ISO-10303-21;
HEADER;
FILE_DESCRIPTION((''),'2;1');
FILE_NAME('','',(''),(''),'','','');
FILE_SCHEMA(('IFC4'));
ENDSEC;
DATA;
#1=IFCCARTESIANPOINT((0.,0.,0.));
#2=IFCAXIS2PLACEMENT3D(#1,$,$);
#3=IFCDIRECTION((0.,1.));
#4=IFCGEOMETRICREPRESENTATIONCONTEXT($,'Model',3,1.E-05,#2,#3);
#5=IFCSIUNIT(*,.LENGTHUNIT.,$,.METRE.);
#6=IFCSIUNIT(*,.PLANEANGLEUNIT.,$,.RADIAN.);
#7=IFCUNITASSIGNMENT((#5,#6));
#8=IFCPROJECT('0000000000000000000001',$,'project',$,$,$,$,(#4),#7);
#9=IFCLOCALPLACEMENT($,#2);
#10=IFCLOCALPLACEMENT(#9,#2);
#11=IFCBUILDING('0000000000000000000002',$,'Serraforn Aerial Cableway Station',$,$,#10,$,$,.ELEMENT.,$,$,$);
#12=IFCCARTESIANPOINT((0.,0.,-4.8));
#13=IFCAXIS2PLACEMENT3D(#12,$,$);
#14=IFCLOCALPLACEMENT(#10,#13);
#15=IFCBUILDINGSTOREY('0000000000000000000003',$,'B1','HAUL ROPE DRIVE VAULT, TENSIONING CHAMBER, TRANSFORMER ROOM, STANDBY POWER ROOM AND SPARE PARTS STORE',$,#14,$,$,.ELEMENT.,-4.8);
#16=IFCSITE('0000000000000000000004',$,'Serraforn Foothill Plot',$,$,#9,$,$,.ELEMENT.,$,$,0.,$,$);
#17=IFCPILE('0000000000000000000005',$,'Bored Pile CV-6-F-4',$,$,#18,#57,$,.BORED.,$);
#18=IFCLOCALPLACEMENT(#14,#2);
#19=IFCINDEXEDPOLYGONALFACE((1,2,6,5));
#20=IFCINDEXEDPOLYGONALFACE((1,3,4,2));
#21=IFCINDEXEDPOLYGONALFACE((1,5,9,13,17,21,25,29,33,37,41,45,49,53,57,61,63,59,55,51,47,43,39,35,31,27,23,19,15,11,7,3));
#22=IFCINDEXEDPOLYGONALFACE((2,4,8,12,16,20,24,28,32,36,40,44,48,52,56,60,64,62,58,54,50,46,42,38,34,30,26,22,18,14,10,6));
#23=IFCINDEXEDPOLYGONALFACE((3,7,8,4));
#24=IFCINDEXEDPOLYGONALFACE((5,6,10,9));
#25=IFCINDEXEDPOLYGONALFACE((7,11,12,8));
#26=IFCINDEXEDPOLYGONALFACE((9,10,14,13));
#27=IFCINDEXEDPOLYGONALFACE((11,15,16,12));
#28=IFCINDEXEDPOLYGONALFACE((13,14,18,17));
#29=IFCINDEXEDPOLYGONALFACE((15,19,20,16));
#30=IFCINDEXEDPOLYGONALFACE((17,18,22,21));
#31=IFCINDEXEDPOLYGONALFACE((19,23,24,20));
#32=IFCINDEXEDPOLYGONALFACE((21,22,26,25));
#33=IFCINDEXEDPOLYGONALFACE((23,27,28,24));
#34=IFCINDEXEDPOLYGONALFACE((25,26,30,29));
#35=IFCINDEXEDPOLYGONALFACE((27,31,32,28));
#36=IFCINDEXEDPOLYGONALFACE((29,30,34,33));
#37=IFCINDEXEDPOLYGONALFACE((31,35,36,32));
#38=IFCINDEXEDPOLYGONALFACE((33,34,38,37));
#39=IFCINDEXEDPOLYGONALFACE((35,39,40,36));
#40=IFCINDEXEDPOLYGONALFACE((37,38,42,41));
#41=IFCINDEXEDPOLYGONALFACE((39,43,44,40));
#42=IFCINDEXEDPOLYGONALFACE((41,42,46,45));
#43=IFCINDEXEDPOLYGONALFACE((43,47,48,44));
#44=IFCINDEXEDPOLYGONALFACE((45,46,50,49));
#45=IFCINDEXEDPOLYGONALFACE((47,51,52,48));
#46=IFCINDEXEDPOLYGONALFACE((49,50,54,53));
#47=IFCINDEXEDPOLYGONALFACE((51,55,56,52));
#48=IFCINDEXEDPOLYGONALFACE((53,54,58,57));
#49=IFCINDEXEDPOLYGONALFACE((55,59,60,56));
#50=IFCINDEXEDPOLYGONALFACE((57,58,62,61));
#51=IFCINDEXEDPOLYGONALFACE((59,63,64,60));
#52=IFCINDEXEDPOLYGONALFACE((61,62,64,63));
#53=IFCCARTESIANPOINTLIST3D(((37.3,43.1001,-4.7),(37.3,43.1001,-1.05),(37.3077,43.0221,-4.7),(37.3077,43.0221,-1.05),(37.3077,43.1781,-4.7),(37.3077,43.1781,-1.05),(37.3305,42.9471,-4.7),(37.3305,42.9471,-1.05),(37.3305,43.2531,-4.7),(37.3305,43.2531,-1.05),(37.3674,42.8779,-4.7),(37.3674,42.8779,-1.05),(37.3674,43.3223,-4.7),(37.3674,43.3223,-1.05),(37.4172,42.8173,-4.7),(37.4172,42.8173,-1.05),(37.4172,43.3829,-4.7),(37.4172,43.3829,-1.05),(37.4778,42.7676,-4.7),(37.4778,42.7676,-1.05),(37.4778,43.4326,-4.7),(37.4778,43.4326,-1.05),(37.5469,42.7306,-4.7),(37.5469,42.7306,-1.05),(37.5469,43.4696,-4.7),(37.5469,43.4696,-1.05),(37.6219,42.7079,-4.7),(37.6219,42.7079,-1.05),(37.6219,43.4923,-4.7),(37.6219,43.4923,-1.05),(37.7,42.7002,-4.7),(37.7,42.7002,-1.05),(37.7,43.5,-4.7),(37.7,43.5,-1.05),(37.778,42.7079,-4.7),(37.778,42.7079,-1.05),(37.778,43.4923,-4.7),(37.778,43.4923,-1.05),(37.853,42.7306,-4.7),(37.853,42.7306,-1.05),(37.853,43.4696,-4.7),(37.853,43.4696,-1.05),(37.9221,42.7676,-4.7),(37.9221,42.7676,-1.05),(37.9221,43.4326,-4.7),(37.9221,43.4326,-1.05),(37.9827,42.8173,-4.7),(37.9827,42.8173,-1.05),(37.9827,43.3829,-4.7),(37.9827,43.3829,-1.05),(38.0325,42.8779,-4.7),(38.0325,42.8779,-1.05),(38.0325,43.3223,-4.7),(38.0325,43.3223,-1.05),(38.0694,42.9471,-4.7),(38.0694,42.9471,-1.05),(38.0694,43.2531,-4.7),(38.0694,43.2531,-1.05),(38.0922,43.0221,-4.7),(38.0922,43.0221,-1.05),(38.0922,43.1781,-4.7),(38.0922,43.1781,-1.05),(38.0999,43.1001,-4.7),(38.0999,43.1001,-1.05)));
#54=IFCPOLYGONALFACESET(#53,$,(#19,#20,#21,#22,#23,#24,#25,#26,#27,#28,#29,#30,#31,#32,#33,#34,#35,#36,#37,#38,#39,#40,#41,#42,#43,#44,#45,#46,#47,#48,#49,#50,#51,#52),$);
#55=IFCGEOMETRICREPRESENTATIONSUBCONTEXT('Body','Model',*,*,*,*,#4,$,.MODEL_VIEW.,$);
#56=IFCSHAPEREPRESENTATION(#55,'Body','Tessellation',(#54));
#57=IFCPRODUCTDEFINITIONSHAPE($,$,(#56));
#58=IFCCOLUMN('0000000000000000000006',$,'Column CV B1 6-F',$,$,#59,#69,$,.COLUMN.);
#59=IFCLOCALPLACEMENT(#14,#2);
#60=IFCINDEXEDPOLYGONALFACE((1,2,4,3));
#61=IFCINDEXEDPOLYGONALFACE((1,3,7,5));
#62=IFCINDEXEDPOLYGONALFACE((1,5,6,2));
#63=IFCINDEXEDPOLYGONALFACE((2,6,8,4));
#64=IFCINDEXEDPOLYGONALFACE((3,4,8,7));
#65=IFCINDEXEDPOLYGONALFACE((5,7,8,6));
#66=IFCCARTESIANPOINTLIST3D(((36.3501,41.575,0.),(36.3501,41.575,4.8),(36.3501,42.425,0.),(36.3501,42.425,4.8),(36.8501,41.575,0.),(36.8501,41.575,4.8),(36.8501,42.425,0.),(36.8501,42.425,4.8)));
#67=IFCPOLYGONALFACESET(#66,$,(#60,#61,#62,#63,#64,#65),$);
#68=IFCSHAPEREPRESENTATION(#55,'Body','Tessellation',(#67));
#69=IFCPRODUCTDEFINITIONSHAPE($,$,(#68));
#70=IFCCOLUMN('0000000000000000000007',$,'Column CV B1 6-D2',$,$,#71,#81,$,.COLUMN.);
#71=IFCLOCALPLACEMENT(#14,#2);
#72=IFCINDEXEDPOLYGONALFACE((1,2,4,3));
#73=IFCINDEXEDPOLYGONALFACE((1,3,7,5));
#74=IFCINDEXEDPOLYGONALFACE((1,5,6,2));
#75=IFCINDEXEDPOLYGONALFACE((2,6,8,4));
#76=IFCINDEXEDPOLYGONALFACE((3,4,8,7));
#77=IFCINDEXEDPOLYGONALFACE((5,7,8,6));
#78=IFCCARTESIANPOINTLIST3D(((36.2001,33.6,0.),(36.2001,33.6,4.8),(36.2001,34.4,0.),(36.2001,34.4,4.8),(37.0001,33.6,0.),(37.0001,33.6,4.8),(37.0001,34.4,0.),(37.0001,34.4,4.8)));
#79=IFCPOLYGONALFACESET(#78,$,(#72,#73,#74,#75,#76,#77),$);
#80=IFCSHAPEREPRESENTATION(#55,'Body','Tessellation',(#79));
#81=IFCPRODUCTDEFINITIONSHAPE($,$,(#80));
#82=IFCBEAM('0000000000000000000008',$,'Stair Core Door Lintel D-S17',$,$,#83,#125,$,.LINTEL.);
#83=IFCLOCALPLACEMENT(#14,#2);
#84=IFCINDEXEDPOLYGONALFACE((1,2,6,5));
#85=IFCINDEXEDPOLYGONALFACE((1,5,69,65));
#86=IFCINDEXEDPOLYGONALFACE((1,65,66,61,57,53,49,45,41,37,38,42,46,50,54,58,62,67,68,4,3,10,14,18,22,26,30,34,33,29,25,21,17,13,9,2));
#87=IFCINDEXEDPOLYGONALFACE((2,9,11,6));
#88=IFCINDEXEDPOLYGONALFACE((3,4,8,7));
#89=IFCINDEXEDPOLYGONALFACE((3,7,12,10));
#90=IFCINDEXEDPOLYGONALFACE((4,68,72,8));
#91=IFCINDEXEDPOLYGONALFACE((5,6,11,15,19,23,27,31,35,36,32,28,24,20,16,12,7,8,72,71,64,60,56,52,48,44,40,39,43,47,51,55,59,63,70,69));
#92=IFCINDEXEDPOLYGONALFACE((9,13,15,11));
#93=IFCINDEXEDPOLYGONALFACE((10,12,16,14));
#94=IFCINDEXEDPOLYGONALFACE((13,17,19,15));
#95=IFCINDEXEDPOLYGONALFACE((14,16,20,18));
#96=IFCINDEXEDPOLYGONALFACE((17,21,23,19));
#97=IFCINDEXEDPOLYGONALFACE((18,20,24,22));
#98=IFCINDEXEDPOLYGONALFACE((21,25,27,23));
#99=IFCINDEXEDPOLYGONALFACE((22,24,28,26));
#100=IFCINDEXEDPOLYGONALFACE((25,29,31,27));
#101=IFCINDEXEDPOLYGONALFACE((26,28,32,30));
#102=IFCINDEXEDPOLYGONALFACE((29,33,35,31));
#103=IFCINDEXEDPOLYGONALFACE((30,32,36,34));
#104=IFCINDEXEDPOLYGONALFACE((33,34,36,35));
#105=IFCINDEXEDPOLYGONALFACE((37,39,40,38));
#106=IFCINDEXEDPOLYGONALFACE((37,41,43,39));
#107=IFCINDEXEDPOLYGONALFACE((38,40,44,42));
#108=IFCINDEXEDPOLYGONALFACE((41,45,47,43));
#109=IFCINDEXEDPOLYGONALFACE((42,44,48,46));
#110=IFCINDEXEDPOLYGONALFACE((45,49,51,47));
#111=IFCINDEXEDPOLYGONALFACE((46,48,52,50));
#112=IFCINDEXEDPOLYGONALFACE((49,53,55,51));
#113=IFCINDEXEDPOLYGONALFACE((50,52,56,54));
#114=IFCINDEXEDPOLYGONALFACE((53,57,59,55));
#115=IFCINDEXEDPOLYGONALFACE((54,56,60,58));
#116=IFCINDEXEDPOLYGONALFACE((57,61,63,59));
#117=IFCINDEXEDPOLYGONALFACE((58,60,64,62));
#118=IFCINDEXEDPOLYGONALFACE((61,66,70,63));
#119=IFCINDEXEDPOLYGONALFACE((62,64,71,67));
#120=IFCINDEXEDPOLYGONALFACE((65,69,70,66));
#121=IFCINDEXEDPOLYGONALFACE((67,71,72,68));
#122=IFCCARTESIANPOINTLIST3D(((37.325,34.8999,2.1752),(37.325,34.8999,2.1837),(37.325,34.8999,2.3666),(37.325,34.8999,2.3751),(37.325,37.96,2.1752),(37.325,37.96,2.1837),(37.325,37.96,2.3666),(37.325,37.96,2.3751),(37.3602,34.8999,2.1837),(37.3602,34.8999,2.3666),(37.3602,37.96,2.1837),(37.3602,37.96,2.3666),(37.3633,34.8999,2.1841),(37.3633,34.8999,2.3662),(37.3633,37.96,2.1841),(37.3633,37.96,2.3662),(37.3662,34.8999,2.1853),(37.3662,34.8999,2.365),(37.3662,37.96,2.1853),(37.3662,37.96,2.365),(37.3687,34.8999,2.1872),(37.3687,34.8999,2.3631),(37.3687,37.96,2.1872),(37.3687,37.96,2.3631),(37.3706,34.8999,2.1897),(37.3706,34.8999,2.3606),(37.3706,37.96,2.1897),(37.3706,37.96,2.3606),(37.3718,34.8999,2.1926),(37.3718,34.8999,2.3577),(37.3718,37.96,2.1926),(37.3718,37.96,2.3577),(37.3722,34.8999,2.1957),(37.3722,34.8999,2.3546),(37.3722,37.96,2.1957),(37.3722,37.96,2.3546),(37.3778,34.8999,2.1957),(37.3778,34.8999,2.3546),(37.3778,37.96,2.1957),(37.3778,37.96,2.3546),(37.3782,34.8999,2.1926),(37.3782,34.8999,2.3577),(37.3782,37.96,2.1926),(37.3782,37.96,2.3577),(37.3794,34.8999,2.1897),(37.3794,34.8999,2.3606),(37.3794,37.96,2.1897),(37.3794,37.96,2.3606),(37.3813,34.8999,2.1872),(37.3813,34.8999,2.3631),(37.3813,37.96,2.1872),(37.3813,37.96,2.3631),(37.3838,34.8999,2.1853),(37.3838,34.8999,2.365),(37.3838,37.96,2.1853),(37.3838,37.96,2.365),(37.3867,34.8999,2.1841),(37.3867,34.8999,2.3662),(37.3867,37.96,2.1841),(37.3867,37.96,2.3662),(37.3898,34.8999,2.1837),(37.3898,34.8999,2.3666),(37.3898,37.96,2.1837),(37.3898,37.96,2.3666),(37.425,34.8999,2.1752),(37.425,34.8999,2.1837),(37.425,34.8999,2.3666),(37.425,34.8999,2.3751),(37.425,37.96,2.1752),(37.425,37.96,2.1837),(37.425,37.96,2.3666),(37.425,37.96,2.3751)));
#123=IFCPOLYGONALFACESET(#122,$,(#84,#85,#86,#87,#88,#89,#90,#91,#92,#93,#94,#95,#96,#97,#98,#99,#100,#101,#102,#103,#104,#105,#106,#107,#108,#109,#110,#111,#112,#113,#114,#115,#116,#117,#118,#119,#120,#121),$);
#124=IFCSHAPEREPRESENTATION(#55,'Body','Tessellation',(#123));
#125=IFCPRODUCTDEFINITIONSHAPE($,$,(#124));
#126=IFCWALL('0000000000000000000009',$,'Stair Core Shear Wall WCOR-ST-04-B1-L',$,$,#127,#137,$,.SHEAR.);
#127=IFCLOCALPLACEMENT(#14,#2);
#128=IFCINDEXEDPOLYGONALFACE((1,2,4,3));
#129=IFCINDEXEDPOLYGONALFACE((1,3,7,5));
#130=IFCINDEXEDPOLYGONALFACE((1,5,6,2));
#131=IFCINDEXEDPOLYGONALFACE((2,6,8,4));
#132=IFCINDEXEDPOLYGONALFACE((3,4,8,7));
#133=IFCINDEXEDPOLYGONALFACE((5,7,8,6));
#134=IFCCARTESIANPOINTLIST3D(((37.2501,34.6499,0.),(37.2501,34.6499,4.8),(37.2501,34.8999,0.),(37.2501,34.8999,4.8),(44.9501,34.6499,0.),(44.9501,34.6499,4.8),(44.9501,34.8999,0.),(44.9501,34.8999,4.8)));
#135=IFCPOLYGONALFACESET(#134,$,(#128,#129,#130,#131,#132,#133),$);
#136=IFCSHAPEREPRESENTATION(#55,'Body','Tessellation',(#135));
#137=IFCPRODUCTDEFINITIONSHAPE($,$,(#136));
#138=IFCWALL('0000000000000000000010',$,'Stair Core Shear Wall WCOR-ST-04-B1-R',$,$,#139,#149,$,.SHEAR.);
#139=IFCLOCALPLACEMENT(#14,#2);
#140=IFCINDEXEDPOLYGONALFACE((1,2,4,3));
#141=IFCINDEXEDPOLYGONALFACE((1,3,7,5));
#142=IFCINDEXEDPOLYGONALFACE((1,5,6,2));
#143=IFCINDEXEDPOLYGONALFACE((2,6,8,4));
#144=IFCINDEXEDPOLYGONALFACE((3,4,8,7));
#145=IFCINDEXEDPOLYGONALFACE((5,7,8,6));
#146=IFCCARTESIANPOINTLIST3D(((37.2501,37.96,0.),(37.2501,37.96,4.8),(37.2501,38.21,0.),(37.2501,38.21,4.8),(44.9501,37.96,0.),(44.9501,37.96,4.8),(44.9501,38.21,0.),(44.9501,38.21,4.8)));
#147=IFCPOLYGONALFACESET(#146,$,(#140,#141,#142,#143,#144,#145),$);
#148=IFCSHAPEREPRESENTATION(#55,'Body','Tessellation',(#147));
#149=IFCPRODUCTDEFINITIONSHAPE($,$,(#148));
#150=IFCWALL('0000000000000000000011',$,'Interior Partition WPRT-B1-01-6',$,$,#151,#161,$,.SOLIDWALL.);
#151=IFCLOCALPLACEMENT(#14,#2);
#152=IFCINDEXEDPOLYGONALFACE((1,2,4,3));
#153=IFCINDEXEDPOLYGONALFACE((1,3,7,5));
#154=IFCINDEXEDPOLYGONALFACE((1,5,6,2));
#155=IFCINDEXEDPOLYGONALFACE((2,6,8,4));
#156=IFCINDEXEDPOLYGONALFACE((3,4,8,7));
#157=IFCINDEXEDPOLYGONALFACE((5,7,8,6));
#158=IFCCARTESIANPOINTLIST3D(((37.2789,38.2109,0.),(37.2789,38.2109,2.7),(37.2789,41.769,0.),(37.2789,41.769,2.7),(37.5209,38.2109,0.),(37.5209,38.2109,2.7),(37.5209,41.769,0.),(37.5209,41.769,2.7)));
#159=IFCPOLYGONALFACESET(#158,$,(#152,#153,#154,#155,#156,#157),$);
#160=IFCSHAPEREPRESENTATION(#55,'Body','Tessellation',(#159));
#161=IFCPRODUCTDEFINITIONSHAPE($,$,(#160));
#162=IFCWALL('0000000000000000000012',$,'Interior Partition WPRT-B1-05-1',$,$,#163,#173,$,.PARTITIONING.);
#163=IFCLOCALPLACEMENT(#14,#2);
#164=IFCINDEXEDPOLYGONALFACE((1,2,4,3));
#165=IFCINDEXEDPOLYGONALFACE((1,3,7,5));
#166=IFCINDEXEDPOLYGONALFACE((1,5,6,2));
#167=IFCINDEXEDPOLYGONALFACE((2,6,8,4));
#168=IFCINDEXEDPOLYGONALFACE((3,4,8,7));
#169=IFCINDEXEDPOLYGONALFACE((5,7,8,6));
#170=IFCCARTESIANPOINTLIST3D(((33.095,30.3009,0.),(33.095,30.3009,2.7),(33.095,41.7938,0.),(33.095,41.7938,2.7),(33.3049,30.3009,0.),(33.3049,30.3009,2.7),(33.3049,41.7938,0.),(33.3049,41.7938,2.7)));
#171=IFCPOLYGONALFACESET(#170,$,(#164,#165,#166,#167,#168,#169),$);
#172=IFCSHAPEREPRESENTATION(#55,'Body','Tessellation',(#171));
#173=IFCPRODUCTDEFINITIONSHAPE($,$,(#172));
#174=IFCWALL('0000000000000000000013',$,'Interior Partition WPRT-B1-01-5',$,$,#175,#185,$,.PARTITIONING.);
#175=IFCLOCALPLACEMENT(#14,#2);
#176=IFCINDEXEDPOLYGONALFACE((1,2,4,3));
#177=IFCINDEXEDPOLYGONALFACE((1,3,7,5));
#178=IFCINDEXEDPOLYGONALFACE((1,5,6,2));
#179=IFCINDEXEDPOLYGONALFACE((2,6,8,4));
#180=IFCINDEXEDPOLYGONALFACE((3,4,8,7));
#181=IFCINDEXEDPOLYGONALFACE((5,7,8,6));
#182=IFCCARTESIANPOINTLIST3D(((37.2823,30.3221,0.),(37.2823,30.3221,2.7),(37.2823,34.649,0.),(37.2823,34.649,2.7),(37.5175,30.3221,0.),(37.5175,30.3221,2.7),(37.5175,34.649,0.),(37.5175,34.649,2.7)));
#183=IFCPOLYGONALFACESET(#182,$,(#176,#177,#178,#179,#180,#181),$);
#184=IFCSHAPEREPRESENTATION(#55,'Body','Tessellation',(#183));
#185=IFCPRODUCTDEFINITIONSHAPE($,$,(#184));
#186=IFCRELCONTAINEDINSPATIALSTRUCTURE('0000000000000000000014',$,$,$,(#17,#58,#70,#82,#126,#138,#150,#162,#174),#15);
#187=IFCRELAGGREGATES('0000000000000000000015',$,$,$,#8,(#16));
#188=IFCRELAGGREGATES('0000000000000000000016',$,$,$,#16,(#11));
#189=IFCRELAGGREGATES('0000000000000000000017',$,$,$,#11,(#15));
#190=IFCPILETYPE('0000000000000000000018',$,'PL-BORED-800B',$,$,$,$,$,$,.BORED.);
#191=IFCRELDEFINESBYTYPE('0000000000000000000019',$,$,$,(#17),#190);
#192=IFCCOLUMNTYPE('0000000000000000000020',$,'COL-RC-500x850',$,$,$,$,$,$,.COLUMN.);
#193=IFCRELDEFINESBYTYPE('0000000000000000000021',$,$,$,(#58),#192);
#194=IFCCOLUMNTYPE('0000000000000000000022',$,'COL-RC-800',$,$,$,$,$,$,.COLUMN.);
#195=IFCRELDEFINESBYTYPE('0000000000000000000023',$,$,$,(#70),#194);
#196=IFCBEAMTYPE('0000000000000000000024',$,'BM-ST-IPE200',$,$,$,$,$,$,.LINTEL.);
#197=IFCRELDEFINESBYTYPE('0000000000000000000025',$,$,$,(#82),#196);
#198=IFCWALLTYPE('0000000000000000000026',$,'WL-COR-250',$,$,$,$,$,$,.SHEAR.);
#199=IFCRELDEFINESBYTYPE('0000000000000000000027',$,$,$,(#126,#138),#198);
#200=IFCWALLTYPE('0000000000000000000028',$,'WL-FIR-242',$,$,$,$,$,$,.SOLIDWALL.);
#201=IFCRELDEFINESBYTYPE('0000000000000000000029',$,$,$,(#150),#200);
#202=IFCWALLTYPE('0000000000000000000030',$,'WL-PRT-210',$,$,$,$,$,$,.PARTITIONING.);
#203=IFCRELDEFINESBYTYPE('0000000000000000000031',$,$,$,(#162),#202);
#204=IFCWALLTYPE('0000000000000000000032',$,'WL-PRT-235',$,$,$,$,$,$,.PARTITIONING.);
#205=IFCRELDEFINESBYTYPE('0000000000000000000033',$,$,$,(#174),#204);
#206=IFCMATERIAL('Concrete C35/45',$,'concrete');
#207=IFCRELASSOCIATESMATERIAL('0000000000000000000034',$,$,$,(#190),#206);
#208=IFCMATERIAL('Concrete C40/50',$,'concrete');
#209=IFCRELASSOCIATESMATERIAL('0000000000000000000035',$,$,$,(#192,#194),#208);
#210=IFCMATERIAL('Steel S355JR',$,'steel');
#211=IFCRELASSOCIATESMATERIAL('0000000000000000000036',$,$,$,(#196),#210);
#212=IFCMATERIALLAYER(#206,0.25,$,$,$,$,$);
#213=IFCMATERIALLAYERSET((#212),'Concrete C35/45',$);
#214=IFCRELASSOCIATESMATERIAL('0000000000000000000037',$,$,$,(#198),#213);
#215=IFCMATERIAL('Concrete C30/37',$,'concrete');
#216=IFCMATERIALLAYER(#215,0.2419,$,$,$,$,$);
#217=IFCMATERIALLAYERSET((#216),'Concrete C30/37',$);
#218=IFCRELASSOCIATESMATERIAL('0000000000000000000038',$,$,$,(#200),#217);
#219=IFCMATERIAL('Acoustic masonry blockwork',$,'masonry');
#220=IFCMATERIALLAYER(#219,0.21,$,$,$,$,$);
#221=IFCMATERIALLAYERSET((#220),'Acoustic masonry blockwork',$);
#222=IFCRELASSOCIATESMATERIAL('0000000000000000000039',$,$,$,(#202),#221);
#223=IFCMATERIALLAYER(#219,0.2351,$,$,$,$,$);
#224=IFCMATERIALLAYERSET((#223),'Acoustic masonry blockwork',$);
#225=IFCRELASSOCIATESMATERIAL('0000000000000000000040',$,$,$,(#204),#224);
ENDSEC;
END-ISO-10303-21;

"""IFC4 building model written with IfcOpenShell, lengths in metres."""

from ifc_helpers import new_model, si_unit, direction, frame, frame_2d, origin, origin_2d, place, context, subcontext, project, spatial, rectangle, circle, i_section, extrude, material, layer, layer_set, material_profile, profile_set, type_object, element, save


model = new_model("IFC4")

# Units and contexts
model_context = context("Model", 3, precision=1e-05, world=origin(), true_north=direction((0.0, 1.0)))
body_context = subcontext(model_context, "Body", "Model", "MODEL_VIEW")
ifc_project = project(units=[si_unit("LENGTHUNIT", "METRE"), si_unit("PLANEANGLEUNIT", "RADIAN")], contexts=[model_context])

# Site, building, storey
site_placement = place(None, origin())
site = spatial("IfcSite", under=ifc_project, at=site_placement, Name="Serraforn Foothill Plot", CompositionType="ELEMENT", RefElevation=0.0)
building_placement = place(site_placement, origin())
building = spatial("IfcBuilding", under=site, at=building_placement, Name="Serraforn Aerial Cableway Station", CompositionType="ELEMENT")
storey_placement = place(building_placement, frame((0.0, 0.0, -4.8)))
storey = spatial("IfcBuildingStorey", under=building, at=storey_placement, Name="B1", Description="HAUL ROPE DRIVE VAULT, TENSIONING CHAMBER, TRANSFORMER ROOM, STANDBY POWER ROOM AND SPARE PARTS STORE", CompositionType="ELEMENT", Elevation=-4.8)

# Shared definitions
ifc_material_1 = material(Name="Concrete C35/45", Category="concrete")
ifc_material_2 = material(Name="Concrete C40/50", Category="concrete")

# Pile
ifc_material_profile_1 = material_profile(ifc_material_1, circle(Radius=0.3999, at=origin_2d()), Name="BORED PILE D800")
ifc_profile_set_1 = profile_set([ifc_material_profile_1], Name="Concrete C35/45")
pile_type_1 = type_object("IfcPileType", Name="PL-BORED-800B", PredefinedType="BORED", material=ifc_profile_set_1)
for number, where, z_axis, x_axis, name in (
    (1, (37.7, 43.1001, -1.05), (0.0, 0.0, -1.0), (1.0, 0.0, 0.0), "Bored Pile CV-6-F-4"),
):
    element("IfcPile", number, at=place(storey_placement, frame(where, z_axis=z_axis, x_axis=x_axis)), inside=storey, type_object=pile_type_1, Name=name, PredefinedType="BORED", context=body_context, shape_type="SweptSolid", body=[
        extrude(circle(Radius=0.3999, at=origin_2d()), origin(), (0.0, 0.0, 1.0), 3.6499),
    ])

# Columns
ifc_material_profile_2 = material_profile(ifc_material_2, rectangle(XDim=0.5, YDim=0.8501, at=origin_2d()), Name="RC 500x850")
ifc_profile_set_2 = profile_set([ifc_material_profile_2], Name="Concrete C40/50")
column_type_1 = type_object("IfcColumnType", Name="COL-RC-500x850", PredefinedType="COLUMN", material=ifc_profile_set_2)
column_1_placement = place(storey_placement, frame((36.6001, 42.0, 0.0), z_axis=(0.0, 0.0, 1.0), x_axis=(1.0, 0.0, 0.0)))
element("IfcColumn", 2, at=column_1_placement, inside=storey, type_object=column_type_1, Name="Column CV B1 6-F", PredefinedType="COLUMN", context=body_context, shape_type="SweptSolid", body=[
    extrude(rectangle(XDim=0.5, YDim=0.8501, at=origin_2d()), origin(), (0.0, 0.0, 1.0), 4.8),
])
ifc_material_profile_3 = material_profile(ifc_material_2, rectangle(XDim=0.8, YDim=0.8, at=origin_2d()), Name="RC 800x800")
ifc_profile_set_3 = profile_set([ifc_material_profile_3], Name="Concrete C40/50")
column_type_2 = type_object("IfcColumnType", Name="COL-RC-800", PredefinedType="COLUMN", material=ifc_profile_set_3)
column_2_placement = place(storey_placement, frame((36.6001, 34.0, 0.0), z_axis=(0.0, 0.0, 1.0), x_axis=(1.0, 0.0, 0.0)))
element("IfcColumn", 3, at=column_2_placement, inside=storey, type_object=column_type_2, Name="Column CV B1 6-D2", PredefinedType="COLUMN", context=body_context, shape_type="SweptSolid", body=[
    extrude(rectangle(XDim=0.8, YDim=0.8, at=origin_2d()), origin(), (0.0, 0.0, 1.0), 4.8),
])

# Beam
ifc_material_3 = material(Name="Steel S355JR", Category="steel")
ifc_material_profile_4 = material_profile(ifc_material_3, i_section(OverallWidth=0.1001, OverallDepth=0.2, WebThickness=0.0056, FlangeThickness=0.0085, FilletRadius=0.012, at=origin_2d()), Name="IPE 200")
ifc_profile_set_4 = profile_set([ifc_material_profile_4], Name="Steel S355JR")
beam_type = type_object("IfcBeamType", Name="BM-ST-IPE200", PredefinedType="LINTEL", material=ifc_profile_set_4)
beam_placement = place(storey_placement, frame((37.375, 34.8999, 2.2751), z_axis=(0.0, 1.0, 0.0), x_axis=(-1.0, 0.0, 0.0)))
element("IfcBeam", 4, at=beam_placement, inside=storey, type_object=beam_type, Name="Stair Core Door Lintel D-S17", PredefinedType="LINTEL", context=body_context, shape_type="SweptSolid", body=[
    extrude(i_section(OverallWidth=0.1001, OverallDepth=0.2, WebThickness=0.0056, FlangeThickness=0.0085, FilletRadius=0.012, at=origin_2d()), origin(), (0.0, 0.0, 1.0), 3.0601),
])

# Shared definitions
ifc_layer_1 = layer(ifc_material_1, 0.25)
ifc_layer_set_1 = layer_set([ifc_layer_1], Name="Concrete C35/45")
wall_type_1 = type_object("IfcWallType", Name="WL-COR-250", PredefinedType="SHEAR", material=ifc_layer_set_1)

# Walls
for number, where, z_axis, x_axis, name in (
    (5, (37.25, 34.7749, 0.0), (0.0, 0.0, 1.0), (1.0, 0.0, 0.0), "Stair Core Shear Wall WCOR-ST-04-B1-L"),
    (6, (37.25, 38.085, 0.0), (0.0, 0.0, 1.0), (1.0, 0.0, 0.0), "Stair Core Shear Wall WCOR-ST-04-B1-R"),
):
    element("IfcWall", number, at=place(storey_placement, frame(where, z_axis=z_axis, x_axis=x_axis)), inside=storey, type_object=wall_type_1, Name=name, PredefinedType="SHEAR", context=body_context, shape_type="SweptSolid", body=[
        extrude(rectangle(XDim=7.7, YDim=0.25, at=frame_2d((3.8501, 0.0))), origin(), (0.0, 0.0, 1.0), 4.8),
    ])
ifc_material_4 = material(Name="Concrete C30/37", Category="concrete")
ifc_layer_2 = layer(ifc_material_4, 0.2419)
ifc_layer_set_2 = layer_set([ifc_layer_2], Name="Concrete C30/37")
wall_type_2 = type_object("IfcWallType", Name="WL-FIR-242", PredefinedType="SOLIDWALL", material=ifc_layer_set_2)
wall_1_placement = place(storey_placement, frame((37.3999, 38.2109, 0.0), z_axis=(0.0, 0.0, 1.0), x_axis=(0.0, 1.0, 0.0)))
element("IfcWall", 7, at=wall_1_placement, inside=storey, type_object=wall_type_2, Name="Interior Partition WPRT-B1-01-6", PredefinedType="SOLIDWALL", context=body_context, shape_type="SweptSolid", body=[
    extrude(rectangle(XDim=3.5581, YDim=0.2419, at=frame_2d((1.7791, 0.0))), origin(), (0.0, 0.0, 1.0), 2.7),
])

# Shared definitions
ifc_material_5 = material(Name="Acoustic masonry blockwork", Category="masonry")

# Walls
ifc_layer_3 = layer(ifc_material_5, 0.21)
ifc_layer_set_3 = layer_set([ifc_layer_3], Name="Acoustic masonry blockwork")
wall_type_3 = type_object("IfcWallType", Name="WL-PRT-210", PredefinedType="PARTITIONING", material=ifc_layer_set_3)
wall_2_placement = place(storey_placement, frame((33.2, 41.7939, 0.0), z_axis=(0.0, 0.0, 1.0), x_axis=(0.0, -1.0, 0.0)))
element("IfcWall", 8, at=wall_2_placement, inside=storey, type_object=wall_type_3, Name="Interior Partition WPRT-B1-05-1", PredefinedType="PARTITIONING", context=body_context, shape_type="SweptSolid", body=[
    extrude(rectangle(XDim=11.4929, YDim=0.21, at=frame_2d((5.7466, 0.0))), origin(), (0.0, 0.0, 1.0), 2.7),
])
ifc_layer_4 = layer(ifc_material_5, 0.2351)
ifc_layer_set_4 = layer_set([ifc_layer_4], Name="Acoustic masonry blockwork")
wall_type_4 = type_object("IfcWallType", Name="WL-PRT-235", PredefinedType="PARTITIONING", material=ifc_layer_set_4)
wall_3_placement = place(storey_placement, frame((37.3999, 30.322, 0.0), z_axis=(0.0, 0.0, 1.0), x_axis=(0.0, 1.0, 0.0)))
element("IfcWall", 9, at=wall_3_placement, inside=storey, type_object=wall_type_4, Name="Interior Partition WPRT-B1-01-5", PredefinedType="PARTITIONING", context=body_context, shape_type="SweptSolid", body=[
    extrude(rectangle(XDim=4.3269, YDim=0.2351, at=frame_2d((2.1636, 0.0))), origin(), (0.0, 0.0, 1.0), 2.7),
])

save(model, "model.ifc")
